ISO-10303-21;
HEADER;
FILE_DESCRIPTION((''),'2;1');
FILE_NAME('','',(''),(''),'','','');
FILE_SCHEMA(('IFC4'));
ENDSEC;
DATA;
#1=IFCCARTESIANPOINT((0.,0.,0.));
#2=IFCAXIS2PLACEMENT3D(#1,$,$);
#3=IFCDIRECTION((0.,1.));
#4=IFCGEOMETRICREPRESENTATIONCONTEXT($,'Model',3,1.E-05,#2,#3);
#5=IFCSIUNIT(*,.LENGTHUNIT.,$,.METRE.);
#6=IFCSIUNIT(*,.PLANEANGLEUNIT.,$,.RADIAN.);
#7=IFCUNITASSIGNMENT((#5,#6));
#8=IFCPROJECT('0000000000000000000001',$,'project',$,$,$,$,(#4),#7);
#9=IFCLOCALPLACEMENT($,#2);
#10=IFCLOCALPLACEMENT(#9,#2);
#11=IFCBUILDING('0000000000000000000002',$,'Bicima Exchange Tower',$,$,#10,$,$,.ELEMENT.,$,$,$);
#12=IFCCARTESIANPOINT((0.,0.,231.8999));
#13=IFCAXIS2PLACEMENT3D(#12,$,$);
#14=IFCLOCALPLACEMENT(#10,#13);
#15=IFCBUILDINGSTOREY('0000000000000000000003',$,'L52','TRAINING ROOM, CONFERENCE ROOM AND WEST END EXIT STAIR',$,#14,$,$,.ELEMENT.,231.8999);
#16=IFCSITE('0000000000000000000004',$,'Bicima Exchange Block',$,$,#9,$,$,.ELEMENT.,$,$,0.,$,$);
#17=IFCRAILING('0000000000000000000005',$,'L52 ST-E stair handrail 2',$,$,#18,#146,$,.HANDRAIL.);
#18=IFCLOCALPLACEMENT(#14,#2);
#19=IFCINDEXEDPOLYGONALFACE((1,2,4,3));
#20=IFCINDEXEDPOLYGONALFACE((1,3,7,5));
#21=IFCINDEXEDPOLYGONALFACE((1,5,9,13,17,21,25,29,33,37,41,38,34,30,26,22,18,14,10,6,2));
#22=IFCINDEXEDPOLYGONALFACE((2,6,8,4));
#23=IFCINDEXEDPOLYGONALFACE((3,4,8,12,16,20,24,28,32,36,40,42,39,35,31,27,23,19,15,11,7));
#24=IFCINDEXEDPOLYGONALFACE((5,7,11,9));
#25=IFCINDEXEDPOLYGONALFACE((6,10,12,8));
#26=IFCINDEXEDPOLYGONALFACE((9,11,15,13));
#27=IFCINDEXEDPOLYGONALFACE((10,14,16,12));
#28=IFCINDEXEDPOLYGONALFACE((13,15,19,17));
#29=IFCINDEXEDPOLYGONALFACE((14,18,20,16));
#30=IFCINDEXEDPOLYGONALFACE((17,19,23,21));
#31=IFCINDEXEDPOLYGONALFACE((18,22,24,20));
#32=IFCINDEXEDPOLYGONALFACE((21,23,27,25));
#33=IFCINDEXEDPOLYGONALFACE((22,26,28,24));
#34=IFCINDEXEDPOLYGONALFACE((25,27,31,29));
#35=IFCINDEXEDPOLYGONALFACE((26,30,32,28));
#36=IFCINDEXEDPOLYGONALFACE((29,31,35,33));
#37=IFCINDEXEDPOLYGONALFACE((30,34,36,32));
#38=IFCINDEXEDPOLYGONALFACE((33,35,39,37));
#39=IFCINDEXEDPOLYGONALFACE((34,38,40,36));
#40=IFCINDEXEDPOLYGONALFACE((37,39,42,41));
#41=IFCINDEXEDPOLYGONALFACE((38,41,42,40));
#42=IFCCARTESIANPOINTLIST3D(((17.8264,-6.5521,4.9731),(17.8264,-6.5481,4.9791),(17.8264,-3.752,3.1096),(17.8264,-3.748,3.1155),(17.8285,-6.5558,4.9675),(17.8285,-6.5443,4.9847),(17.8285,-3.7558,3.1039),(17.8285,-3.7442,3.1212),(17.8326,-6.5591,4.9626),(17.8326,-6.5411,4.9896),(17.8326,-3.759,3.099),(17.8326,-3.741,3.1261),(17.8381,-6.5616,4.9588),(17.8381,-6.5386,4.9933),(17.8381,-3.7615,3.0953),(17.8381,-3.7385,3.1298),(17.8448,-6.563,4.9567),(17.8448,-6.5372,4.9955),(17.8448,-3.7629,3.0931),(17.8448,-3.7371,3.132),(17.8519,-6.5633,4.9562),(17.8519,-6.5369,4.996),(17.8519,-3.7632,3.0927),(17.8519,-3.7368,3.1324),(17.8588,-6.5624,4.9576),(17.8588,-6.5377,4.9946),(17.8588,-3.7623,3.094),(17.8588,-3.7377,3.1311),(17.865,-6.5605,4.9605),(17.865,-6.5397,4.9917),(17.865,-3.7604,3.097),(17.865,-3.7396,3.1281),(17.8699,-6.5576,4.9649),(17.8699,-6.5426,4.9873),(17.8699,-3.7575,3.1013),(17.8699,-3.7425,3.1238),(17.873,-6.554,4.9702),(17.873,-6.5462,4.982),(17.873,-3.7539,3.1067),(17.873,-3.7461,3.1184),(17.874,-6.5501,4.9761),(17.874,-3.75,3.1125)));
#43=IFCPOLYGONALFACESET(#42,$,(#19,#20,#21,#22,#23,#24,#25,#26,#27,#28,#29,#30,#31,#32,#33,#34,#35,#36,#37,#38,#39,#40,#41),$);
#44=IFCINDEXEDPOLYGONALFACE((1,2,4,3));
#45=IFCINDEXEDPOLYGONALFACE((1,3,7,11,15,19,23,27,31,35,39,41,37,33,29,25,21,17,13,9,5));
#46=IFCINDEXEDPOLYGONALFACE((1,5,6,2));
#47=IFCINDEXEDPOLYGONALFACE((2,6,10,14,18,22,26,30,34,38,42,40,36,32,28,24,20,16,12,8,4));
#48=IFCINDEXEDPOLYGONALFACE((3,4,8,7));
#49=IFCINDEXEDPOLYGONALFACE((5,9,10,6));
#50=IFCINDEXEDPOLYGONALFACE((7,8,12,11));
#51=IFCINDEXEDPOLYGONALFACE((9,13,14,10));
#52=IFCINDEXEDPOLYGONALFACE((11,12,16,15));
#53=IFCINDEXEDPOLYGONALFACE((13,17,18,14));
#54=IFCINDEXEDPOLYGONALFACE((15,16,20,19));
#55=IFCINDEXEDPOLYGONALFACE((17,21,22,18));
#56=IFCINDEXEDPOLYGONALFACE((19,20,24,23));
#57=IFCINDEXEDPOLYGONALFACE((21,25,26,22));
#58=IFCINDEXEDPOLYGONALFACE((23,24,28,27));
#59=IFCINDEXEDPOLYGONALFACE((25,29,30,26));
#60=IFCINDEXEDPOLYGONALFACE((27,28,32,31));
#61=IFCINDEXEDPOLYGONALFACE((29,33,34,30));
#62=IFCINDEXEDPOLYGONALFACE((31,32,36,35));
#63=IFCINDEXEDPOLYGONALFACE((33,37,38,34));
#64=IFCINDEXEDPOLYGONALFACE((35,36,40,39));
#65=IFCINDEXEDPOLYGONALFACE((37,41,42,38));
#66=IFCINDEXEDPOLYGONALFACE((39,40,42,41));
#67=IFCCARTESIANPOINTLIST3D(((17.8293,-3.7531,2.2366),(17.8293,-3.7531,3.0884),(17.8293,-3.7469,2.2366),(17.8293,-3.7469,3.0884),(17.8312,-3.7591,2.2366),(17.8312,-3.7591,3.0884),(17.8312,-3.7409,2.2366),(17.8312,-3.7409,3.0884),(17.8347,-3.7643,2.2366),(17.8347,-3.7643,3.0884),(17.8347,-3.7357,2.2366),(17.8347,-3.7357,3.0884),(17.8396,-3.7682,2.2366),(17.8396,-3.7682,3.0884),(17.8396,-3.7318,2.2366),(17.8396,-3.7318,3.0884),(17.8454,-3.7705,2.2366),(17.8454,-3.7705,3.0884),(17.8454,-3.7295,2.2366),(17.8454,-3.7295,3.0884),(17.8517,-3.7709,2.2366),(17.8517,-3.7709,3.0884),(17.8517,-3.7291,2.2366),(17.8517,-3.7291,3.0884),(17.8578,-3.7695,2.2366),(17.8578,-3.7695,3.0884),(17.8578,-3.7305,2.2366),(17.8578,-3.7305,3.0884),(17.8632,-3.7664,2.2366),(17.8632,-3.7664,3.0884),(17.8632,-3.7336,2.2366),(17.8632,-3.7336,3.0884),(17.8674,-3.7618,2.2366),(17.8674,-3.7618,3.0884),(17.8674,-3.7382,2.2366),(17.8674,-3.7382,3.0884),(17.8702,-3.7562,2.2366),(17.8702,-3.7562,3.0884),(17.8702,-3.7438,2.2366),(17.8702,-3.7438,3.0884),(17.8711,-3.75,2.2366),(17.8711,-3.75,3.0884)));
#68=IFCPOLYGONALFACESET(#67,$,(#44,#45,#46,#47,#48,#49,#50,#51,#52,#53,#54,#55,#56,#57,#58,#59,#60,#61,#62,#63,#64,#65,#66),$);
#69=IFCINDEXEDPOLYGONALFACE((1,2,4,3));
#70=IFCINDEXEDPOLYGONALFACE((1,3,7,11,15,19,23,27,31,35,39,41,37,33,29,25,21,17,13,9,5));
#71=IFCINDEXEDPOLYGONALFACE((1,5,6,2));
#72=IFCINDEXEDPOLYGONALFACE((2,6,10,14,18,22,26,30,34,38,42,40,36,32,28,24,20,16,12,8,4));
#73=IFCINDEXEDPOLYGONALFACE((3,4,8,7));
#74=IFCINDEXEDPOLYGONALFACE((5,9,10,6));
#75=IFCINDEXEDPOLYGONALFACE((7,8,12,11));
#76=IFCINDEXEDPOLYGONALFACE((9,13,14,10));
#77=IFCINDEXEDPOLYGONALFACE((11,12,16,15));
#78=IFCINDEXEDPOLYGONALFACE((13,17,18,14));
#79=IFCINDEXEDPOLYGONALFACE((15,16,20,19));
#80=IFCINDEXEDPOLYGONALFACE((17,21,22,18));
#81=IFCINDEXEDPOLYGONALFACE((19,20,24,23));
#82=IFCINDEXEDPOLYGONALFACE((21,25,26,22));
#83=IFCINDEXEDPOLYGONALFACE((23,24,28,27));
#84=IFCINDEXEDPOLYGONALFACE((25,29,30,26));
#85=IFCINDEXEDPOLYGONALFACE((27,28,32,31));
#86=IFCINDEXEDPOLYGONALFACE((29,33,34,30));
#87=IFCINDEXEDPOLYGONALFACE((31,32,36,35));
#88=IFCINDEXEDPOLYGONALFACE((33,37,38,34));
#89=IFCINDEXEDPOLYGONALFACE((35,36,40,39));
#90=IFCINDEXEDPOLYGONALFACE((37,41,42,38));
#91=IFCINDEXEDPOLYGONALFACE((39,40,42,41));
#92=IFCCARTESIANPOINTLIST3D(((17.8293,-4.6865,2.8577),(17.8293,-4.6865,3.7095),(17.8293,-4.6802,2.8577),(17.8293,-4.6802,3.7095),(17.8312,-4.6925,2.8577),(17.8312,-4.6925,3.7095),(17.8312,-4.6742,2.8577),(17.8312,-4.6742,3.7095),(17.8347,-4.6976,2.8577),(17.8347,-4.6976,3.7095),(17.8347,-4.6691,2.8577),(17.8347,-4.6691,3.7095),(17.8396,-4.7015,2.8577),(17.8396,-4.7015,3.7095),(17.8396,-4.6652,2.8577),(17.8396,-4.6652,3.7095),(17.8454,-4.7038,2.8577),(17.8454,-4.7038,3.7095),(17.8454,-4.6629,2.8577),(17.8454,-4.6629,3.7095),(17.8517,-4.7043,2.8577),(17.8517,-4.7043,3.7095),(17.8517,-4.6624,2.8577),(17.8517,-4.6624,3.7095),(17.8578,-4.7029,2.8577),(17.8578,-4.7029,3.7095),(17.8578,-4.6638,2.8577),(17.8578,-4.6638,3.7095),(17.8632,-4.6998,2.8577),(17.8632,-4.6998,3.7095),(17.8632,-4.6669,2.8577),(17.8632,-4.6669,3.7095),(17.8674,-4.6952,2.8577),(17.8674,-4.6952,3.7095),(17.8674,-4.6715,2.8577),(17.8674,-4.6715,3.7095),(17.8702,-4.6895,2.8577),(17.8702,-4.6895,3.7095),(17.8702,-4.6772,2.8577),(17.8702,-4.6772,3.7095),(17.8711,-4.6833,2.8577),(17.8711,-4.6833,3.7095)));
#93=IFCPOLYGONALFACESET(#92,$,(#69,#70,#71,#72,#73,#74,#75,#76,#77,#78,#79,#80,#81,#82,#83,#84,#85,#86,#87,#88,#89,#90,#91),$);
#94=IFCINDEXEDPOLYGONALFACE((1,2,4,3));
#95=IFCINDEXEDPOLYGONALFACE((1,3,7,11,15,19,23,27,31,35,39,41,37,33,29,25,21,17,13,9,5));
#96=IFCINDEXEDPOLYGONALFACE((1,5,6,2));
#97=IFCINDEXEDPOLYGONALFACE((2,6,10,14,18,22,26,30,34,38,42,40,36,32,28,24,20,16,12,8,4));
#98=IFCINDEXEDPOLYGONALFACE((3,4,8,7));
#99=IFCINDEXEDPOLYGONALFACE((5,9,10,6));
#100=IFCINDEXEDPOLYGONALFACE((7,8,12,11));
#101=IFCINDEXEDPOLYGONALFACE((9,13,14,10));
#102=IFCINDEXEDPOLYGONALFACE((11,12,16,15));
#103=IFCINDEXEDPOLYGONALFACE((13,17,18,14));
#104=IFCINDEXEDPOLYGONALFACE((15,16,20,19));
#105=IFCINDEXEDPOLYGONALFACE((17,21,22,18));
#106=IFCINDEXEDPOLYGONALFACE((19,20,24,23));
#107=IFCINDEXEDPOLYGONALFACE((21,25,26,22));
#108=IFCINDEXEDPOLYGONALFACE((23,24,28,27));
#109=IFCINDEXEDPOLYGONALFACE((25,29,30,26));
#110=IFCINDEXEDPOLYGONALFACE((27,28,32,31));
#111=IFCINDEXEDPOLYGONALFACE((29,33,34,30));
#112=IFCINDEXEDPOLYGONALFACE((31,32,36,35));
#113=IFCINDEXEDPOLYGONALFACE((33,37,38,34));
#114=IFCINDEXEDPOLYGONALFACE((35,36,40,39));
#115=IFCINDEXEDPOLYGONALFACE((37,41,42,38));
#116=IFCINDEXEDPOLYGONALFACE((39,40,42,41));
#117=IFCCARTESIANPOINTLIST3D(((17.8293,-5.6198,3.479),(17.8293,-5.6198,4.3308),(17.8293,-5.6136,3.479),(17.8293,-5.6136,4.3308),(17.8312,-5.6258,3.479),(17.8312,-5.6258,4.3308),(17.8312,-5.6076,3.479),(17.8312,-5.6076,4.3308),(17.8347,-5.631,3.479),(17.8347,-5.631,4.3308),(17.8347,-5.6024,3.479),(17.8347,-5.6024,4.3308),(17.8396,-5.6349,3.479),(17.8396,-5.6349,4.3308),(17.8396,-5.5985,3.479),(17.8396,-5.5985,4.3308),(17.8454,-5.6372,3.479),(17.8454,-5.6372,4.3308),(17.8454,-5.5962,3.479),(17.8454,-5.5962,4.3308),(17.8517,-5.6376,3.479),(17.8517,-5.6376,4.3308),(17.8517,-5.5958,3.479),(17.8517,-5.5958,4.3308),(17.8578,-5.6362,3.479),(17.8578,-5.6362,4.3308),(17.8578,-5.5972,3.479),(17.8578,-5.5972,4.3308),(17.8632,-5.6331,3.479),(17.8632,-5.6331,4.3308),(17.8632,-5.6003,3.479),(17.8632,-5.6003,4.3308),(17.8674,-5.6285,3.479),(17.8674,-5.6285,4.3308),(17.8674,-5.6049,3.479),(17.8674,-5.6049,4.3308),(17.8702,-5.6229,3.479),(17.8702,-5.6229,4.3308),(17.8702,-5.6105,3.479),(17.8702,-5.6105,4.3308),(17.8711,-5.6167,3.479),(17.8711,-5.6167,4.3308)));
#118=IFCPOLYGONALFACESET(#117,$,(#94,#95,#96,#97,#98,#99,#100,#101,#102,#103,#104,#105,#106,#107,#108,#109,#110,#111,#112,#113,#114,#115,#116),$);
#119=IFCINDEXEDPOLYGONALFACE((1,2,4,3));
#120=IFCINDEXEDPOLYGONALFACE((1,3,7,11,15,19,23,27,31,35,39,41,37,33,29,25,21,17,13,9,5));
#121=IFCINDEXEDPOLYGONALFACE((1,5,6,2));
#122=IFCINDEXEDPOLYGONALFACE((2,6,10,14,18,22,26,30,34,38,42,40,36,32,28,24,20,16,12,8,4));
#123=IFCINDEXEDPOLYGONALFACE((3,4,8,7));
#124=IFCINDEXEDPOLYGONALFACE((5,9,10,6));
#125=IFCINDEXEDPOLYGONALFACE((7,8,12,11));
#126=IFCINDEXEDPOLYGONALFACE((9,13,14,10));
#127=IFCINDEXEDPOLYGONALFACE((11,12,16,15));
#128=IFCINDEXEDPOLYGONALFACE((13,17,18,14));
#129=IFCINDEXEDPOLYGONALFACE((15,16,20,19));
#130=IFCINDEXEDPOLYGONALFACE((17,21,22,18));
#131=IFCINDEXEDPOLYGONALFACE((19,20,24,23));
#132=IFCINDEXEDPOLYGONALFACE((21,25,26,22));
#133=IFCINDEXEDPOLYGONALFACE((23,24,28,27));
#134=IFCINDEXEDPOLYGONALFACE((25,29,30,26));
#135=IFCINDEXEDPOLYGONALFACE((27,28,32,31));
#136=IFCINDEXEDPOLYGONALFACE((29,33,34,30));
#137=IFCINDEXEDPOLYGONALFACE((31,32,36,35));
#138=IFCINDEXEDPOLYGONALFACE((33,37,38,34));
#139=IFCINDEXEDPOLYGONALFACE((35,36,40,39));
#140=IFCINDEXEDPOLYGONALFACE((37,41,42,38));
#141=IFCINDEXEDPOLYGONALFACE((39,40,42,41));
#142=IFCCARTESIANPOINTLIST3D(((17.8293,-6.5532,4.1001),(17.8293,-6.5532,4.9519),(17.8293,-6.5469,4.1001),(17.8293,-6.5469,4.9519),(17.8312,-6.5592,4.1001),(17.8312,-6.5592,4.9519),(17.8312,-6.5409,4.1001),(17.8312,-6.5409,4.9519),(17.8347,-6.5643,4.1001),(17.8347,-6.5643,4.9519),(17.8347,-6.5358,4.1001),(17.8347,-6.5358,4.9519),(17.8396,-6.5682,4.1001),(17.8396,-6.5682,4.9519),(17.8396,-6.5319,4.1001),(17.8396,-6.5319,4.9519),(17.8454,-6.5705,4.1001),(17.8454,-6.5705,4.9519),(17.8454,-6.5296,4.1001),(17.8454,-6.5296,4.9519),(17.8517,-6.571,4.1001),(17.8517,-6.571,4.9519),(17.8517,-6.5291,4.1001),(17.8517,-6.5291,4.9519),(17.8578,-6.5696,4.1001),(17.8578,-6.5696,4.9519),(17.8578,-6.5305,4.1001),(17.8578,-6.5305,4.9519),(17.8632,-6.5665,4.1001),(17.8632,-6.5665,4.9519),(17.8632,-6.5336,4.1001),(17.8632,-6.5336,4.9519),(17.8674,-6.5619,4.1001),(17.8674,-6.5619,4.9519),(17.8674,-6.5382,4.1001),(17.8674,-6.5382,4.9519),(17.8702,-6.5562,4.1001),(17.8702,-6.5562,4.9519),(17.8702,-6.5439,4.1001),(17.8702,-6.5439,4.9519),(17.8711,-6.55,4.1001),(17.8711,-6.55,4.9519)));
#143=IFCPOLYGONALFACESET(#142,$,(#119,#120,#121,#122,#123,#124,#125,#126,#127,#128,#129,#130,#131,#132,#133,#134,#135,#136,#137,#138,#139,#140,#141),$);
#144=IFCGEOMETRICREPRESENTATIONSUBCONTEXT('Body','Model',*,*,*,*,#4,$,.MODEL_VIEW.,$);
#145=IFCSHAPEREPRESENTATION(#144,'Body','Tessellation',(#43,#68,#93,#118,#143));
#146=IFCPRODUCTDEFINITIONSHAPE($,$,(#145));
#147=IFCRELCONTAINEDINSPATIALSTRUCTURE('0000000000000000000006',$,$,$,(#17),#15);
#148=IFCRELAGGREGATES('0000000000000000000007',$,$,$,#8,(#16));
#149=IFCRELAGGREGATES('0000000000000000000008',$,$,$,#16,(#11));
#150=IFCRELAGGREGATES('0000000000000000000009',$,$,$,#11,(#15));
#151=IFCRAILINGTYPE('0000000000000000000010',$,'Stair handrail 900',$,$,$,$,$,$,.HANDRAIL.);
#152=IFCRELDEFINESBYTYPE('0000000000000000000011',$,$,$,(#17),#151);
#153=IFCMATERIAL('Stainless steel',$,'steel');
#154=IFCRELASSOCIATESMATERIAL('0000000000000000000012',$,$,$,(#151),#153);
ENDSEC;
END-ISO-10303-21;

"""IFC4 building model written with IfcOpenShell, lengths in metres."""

from ifc_helpers import new_model, si_unit, direction, frame, origin, origin_2d, place, context, subcontext, project, spatial, circle, extrude, material, type_object, element, save


model = new_model("IFC4")

# Units and contexts
model_context = context("Model", 3, precision=1e-05, world=origin(), true_north=direction((0.0, 1.0)))
body_context = subcontext(model_context, "Body", "Model", "MODEL_VIEW")
ifc_project = project(units=[si_unit("LENGTHUNIT", "METRE"), si_unit("PLANEANGLEUNIT", "RADIAN")], contexts=[model_context])

# Site, building, storey
site_placement = place(None, origin())
site = spatial("IfcSite", under=ifc_project, at=site_placement, Name="Bicima Exchange Block", CompositionType="ELEMENT", RefElevation=0.0)
building_placement = place(site_placement, origin())
building = spatial("IfcBuilding", under=site, at=building_placement, Name="Bicima Exchange Tower", CompositionType="ELEMENT")
storey_placement = place(building_placement, frame((0.0, 0.0, 231.8999)))
storey = spatial("IfcBuildingStorey", under=building, at=storey_placement, Name="L52", Description="TRAINING ROOM, CONFERENCE ROOM AND WEST END EXIT STAIR", CompositionType="ELEMENT", Elevation=231.8999)

# Railing
ifc_material_1 = material(Name="Stainless steel", Category="steel")
railing_type_1 = type_object("IfcRailingType", Name="Stair handrail 900", PredefinedType="HANDRAIL", material=ifc_material_1)
for number, where, name in (
    (1, (17.8501, -3.75, 2.2366), "L52 ST-E stair handrail 2"),
):
    element("IfcRailing", number, at=place(storey_placement, frame(where)), inside=storey, type_object=railing_type_1, Name=name, PredefinedType="HANDRAIL", context=body_context, shape_type="SweptSolid", body=[
        extrude(circle(Radius=0.0239, at=origin_2d()), frame((0.0, 0.0, 0.876), z_axis=(0.0, -0.832486, 0.554047), x_axis=(1.0, 0.0, 0.0)), (0.0, 0.0, 1.0), 3.3635),
        extrude(circle(Radius=0.021, at=origin_2d()), origin(), (0.0, 0.0, 1.0), 0.8518),
        extrude(circle(Radius=0.021, at=origin_2d()), frame((0.0, -0.9333, 0.6211)), (0.0, 0.0, 1.0), 0.8518),
        extrude(circle(Radius=0.021, at=origin_2d()), frame((0.0, -1.8667, 1.2424)), (0.0, 0.0, 1.0), 0.8518),
        extrude(circle(Radius=0.021, at=origin_2d()), frame((0.0, -2.8, 1.8635)), (0.0, 0.0, 1.0), 0.8518),
    ])

save(model, "model.ifc")
